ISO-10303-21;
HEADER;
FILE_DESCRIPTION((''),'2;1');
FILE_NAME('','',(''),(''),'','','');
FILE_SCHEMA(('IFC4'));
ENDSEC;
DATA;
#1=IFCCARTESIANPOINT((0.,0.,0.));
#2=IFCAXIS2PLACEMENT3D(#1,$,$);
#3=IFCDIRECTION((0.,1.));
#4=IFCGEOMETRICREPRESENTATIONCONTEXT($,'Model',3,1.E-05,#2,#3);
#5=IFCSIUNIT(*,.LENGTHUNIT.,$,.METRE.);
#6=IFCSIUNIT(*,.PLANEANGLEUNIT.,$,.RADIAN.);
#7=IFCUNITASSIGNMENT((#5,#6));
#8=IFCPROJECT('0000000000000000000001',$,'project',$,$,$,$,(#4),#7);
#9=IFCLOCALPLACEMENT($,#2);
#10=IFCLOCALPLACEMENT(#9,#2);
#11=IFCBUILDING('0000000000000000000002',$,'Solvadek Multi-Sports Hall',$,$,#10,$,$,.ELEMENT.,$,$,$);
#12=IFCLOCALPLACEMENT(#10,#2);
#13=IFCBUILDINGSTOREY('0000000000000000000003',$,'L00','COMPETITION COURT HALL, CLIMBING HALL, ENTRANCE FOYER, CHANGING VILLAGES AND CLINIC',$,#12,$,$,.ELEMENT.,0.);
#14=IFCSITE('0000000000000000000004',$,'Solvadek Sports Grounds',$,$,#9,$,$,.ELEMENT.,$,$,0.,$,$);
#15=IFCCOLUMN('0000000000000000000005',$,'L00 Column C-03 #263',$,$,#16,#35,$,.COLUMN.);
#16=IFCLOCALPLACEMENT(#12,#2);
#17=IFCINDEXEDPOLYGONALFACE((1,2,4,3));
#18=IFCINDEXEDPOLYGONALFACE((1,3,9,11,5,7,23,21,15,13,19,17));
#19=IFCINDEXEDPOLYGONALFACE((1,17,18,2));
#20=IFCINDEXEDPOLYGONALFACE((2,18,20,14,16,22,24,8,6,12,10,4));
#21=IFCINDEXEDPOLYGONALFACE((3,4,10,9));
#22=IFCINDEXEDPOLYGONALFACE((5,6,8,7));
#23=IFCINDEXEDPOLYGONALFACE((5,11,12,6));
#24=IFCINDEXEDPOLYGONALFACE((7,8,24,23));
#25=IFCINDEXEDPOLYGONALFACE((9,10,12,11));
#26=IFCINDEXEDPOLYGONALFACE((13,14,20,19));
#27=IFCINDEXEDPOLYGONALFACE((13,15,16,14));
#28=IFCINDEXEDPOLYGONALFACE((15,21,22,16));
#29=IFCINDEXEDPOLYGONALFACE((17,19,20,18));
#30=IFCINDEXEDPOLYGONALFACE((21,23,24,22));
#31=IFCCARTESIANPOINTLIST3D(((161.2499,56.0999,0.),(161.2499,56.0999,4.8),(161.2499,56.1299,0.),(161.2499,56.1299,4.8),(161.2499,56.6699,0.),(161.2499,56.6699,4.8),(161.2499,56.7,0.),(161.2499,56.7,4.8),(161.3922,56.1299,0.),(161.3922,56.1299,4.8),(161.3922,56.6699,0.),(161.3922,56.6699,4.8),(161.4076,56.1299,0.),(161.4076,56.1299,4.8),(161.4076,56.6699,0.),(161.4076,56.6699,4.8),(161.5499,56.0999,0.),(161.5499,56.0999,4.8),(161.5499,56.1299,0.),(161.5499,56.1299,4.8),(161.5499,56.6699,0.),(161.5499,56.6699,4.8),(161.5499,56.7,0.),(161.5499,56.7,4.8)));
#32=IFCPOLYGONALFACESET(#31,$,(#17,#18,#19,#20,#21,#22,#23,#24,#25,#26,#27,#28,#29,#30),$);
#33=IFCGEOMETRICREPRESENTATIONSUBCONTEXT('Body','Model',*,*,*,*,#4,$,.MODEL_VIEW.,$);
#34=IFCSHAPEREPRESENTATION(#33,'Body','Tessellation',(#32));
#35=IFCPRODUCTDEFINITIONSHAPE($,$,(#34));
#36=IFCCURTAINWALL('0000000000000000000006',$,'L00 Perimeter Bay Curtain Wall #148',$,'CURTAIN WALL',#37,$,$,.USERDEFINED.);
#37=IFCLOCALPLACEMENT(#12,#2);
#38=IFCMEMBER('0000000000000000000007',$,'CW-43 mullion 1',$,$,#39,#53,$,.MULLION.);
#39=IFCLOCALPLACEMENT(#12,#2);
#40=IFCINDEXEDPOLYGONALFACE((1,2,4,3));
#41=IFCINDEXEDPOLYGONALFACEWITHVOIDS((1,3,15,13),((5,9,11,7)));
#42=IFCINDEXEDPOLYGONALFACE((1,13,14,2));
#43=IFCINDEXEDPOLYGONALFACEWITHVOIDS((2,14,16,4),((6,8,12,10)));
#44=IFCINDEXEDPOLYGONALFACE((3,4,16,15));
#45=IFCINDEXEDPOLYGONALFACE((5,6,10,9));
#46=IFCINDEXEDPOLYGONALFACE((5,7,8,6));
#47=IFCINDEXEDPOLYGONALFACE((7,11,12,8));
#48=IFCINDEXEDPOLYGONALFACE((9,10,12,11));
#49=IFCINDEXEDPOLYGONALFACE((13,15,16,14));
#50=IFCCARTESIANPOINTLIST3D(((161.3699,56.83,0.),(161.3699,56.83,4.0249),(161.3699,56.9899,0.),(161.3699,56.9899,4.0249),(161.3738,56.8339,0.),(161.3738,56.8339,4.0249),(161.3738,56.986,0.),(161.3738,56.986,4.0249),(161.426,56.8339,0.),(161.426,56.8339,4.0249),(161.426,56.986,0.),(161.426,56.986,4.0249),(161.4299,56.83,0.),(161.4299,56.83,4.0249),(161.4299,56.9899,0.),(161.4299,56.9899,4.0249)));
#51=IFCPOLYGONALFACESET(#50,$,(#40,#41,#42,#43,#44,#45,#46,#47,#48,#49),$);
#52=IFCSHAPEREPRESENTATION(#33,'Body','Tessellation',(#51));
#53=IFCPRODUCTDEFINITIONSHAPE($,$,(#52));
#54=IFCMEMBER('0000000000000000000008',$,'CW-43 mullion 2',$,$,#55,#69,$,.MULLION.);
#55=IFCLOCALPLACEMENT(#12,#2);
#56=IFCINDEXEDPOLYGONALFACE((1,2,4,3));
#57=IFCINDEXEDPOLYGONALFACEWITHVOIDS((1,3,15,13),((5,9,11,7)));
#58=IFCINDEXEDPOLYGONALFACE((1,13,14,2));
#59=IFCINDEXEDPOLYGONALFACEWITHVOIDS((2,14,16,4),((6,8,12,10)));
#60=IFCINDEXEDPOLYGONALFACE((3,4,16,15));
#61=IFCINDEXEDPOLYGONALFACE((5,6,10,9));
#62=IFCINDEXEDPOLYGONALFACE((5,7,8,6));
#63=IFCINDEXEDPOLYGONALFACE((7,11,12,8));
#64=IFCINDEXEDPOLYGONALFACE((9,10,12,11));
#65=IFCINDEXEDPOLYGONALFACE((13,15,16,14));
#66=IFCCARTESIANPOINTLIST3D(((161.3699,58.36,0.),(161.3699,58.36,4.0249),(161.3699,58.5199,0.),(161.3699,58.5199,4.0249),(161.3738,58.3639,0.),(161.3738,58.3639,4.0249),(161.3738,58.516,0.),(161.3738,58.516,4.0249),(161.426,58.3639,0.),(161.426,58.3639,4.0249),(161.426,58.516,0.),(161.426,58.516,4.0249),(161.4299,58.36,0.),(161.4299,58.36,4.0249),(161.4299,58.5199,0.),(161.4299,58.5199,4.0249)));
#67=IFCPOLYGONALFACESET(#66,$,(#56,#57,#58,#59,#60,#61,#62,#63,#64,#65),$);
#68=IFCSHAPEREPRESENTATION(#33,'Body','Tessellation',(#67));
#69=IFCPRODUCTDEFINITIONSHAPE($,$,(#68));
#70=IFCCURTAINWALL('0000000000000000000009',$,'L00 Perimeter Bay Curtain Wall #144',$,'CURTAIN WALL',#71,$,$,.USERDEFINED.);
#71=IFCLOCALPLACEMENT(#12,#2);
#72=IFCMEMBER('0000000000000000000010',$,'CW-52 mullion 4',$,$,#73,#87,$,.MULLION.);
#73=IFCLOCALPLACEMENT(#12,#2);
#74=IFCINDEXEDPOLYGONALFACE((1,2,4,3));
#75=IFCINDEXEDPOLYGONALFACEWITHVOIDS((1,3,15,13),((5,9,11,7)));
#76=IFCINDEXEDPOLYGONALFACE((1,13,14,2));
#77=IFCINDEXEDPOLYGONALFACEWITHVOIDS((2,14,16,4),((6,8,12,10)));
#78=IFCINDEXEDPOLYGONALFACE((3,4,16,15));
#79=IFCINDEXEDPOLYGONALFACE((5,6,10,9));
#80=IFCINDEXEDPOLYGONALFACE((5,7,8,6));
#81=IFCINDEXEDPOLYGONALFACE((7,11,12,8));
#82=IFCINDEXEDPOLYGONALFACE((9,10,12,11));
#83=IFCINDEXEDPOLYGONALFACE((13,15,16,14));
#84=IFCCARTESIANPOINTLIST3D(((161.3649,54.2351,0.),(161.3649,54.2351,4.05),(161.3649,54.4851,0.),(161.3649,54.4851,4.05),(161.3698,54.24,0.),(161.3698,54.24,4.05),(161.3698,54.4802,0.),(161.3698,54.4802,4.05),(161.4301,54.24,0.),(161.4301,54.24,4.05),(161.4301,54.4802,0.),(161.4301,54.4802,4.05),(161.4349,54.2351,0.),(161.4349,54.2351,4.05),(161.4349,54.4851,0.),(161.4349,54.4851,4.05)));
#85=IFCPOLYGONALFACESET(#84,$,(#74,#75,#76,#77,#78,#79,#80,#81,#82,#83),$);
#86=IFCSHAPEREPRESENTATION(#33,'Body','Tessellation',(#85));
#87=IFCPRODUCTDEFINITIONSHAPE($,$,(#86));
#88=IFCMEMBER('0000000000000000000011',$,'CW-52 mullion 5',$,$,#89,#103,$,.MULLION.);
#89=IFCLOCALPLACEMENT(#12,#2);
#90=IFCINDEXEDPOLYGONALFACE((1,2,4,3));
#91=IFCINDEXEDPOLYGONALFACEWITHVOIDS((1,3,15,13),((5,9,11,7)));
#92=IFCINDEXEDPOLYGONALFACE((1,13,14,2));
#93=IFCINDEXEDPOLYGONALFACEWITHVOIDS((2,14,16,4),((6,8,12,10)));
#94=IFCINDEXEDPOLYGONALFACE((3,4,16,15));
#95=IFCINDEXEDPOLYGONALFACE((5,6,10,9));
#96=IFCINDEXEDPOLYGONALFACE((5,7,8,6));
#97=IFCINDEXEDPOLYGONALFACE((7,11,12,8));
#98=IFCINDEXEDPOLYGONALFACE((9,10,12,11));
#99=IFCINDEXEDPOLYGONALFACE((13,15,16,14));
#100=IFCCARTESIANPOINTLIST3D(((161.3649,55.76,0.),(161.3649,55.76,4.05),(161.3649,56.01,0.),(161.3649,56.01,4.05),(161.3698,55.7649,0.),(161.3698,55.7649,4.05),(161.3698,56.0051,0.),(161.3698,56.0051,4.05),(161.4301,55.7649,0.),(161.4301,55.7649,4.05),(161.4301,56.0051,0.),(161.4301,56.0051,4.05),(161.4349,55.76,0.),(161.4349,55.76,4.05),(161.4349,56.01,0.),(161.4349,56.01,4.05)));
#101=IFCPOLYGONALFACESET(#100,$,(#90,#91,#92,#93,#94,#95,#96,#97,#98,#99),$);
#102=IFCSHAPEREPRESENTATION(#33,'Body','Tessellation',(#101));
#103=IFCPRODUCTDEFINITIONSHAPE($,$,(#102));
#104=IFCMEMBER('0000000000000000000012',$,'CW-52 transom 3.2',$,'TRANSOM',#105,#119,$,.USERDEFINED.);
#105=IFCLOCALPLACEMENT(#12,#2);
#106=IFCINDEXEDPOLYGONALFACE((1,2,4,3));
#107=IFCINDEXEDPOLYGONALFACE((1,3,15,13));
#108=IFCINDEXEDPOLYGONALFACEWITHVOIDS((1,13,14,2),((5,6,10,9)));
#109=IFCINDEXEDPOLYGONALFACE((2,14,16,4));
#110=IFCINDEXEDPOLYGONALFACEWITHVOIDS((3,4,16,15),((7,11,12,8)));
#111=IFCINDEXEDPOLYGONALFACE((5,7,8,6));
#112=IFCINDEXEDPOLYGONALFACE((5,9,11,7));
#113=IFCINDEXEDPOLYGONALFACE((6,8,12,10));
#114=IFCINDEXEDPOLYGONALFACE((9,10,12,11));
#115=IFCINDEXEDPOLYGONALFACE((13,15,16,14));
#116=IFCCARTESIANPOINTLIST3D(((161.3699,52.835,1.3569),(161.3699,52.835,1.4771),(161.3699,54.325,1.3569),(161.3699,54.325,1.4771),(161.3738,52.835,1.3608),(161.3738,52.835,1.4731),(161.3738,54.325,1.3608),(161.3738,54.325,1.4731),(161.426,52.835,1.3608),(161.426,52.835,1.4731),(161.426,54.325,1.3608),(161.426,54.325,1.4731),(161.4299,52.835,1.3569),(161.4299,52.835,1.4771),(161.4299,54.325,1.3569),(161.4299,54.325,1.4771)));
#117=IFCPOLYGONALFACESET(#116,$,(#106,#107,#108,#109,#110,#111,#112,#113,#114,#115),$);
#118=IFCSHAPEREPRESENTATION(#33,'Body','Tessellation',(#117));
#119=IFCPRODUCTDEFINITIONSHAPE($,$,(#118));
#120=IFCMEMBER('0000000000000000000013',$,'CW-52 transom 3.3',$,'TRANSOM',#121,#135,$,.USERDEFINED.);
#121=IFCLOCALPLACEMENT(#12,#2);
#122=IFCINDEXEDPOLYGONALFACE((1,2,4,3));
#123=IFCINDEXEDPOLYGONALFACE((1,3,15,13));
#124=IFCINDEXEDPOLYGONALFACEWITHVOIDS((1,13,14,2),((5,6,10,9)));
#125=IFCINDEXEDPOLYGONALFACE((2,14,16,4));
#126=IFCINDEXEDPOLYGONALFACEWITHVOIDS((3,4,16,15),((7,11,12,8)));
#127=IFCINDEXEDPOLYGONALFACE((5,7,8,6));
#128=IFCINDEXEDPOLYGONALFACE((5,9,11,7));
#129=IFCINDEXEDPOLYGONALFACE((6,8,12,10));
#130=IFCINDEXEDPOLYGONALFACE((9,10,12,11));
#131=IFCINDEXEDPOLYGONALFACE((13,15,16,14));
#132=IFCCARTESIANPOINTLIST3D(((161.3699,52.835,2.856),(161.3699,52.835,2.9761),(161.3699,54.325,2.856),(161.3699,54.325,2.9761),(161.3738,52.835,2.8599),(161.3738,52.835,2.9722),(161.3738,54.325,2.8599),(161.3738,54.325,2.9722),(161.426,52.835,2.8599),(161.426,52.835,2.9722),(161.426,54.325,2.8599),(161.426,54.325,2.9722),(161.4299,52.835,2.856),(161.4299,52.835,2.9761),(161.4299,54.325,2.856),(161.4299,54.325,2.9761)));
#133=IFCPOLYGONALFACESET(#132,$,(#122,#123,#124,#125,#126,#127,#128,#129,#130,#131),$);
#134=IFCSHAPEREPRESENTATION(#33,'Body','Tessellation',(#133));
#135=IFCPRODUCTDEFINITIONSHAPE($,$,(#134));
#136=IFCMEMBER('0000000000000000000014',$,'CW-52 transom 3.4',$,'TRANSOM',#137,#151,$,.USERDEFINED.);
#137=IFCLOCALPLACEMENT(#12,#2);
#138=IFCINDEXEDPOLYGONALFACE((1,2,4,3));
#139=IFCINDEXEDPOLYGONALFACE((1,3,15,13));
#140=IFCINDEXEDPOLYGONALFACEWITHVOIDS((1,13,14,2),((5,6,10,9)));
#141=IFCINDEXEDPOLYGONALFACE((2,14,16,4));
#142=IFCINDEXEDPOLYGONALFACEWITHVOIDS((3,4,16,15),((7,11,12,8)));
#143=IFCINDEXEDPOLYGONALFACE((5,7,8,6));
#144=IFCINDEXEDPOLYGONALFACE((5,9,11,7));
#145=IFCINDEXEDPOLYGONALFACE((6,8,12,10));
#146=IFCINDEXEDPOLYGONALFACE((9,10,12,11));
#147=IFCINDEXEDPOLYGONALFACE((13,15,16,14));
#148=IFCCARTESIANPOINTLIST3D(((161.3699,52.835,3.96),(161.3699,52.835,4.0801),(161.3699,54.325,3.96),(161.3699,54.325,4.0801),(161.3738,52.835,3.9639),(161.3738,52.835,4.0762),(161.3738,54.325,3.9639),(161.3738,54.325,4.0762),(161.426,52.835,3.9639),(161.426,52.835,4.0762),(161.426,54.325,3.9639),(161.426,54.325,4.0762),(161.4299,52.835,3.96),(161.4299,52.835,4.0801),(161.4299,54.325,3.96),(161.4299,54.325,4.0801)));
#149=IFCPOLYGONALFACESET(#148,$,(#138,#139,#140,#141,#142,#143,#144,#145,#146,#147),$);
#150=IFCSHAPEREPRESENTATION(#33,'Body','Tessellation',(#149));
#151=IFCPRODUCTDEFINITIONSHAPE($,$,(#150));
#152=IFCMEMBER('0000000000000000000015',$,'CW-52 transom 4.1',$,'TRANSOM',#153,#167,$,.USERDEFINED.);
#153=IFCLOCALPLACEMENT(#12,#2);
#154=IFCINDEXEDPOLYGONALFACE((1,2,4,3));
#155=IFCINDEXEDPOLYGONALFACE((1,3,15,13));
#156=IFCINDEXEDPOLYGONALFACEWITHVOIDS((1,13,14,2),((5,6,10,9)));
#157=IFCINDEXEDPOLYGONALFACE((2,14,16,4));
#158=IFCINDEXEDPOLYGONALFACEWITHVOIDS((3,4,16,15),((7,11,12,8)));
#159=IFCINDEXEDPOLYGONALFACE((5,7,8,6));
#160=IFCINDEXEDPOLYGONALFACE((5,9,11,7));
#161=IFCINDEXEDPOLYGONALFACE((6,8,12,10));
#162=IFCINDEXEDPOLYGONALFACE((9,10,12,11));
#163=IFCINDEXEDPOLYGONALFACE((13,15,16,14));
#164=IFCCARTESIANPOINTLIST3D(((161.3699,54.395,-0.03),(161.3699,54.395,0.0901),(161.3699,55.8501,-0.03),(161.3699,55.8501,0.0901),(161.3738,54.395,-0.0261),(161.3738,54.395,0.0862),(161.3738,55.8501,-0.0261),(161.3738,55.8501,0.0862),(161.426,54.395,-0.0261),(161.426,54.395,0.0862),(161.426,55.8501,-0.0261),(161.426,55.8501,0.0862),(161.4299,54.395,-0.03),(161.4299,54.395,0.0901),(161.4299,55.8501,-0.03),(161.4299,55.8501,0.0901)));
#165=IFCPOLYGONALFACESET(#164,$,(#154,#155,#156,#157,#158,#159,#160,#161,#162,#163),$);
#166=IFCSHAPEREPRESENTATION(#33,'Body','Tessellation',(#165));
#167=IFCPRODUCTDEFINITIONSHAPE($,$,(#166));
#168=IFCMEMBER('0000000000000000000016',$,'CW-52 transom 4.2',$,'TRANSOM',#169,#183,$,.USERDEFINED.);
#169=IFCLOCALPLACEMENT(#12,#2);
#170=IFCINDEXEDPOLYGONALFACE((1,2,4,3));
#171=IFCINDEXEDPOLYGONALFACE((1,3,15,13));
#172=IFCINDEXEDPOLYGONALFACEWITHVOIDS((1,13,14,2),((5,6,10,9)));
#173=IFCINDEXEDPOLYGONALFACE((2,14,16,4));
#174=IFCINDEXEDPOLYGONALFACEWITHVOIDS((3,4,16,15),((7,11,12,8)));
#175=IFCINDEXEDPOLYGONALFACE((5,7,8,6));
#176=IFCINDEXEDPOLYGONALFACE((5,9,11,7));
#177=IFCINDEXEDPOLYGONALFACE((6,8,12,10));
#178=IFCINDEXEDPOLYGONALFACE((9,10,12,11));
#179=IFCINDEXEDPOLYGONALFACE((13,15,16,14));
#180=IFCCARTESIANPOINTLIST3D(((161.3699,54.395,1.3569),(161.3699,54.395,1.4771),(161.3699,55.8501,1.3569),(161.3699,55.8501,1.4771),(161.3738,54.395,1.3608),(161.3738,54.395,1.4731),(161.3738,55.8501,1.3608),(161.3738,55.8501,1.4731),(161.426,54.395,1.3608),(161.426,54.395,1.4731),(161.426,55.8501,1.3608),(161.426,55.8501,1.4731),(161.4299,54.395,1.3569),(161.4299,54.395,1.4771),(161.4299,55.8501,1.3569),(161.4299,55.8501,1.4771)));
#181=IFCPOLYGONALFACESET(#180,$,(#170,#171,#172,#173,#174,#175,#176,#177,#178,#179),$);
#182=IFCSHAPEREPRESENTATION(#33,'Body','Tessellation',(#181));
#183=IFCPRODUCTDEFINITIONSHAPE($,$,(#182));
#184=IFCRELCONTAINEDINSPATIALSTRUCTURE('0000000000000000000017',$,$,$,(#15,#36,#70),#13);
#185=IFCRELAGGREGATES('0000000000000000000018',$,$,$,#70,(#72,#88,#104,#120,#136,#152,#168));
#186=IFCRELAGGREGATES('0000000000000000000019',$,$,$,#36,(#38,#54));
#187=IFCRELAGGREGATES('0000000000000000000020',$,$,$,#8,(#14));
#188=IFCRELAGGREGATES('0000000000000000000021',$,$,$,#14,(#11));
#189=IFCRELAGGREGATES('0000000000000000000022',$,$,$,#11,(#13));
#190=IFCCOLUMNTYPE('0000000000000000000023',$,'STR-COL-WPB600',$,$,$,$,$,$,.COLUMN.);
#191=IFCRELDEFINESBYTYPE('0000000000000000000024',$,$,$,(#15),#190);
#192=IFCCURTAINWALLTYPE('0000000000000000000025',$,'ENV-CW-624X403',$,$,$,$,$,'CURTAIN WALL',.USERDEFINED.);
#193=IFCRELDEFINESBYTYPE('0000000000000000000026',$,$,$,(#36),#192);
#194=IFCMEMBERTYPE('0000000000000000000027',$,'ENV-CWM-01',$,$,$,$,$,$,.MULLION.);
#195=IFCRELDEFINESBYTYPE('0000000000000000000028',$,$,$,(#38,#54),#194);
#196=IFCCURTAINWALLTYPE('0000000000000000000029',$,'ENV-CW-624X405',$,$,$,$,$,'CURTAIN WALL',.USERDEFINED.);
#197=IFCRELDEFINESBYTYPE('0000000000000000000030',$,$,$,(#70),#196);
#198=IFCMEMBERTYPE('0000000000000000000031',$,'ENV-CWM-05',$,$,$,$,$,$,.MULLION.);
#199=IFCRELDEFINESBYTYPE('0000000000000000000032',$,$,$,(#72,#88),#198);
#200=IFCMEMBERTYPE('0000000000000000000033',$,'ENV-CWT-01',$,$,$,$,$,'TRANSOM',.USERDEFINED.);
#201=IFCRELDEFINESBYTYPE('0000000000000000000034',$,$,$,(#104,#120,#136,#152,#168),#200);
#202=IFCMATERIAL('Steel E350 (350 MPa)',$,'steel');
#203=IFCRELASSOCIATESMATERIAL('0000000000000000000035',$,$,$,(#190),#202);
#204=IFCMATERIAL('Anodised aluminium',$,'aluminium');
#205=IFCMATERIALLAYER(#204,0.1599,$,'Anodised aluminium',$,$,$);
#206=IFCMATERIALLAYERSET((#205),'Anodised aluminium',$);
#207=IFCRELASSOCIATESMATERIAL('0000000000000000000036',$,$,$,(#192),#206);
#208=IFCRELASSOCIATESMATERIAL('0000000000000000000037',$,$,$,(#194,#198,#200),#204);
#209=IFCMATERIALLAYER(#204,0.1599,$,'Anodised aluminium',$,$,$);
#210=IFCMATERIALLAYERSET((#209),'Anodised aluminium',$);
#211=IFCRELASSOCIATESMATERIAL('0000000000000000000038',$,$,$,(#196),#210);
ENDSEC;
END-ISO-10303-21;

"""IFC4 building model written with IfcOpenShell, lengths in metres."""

from ifc_helpers import new_model, si_unit, direction, frame, origin, origin_2d, place, context, subcontext, project, spatial, hollow_rectangle, i_section, extrude, material, layer, layer_set, material_profile, profile_set, type_object, element, aggregate, save


model = new_model("IFC4")

# Units and contexts
model_context = context("Model", 3, precision=1e-05, world=origin(), true_north=direction((0.0, 1.0)))
body_context = subcontext(model_context, "Body", "Model", "MODEL_VIEW")
ifc_project = project(units=[si_unit("LENGTHUNIT", "METRE"), si_unit("PLANEANGLEUNIT", "RADIAN")], contexts=[model_context])

# Site, building, storey
site_placement = place(None, origin())
site = spatial("IfcSite", under=ifc_project, at=site_placement, Name="Solvadek Sports Grounds", CompositionType="ELEMENT", RefElevation=0.0)
building_placement = place(site_placement, origin())
building = spatial("IfcBuilding", under=site, at=building_placement, Name="Solvadek Multi-Sports Hall", CompositionType="ELEMENT")
storey_placement = place(building_placement, origin())
storey = spatial("IfcBuildingStorey", under=building, at=storey_placement, Name="L00", Description="COMPETITION COURT HALL, CLIMBING HALL, ENTRANCE FOYER, CHANGING VILLAGES AND CLINIC", CompositionType="ELEMENT", Elevation=0.0)

# Column
ifc_material_1 = material(Name="Steel E350 (350 MPa)", Category="steel")
ifc_material_profile_1 = material_profile(ifc_material_1, i_section(OverallWidth=0.3, OverallDepth=0.6001, WebThickness=0.0154, FlangeThickness=0.03, at=origin_2d()), Name="WPB 600")
ifc_profile_set_1 = profile_set([ifc_material_profile_1], Name="Steel E350 (350 MPa)")
column_type = type_object("IfcColumnType", Name="STR-COL-WPB600", PredefinedType="COLUMN", material=ifc_profile_set_1)
column_placement = place(storey_placement, frame((161.3999, 56.3999, 0.0), z_axis=(0.0, 0.0, 1.0), x_axis=(1.0, 0.0, 0.0)))
element("IfcColumn", 1, at=column_placement, inside=storey, type_object=column_type, Name="L00 Column C-03 #263", PredefinedType="COLUMN", context=body_context, shape_type="SweptSolid", body=[
    extrude(i_section(OverallWidth=0.3, OverallDepth=0.6001, WebThickness=0.0154, FlangeThickness=0.03, at=origin_2d()), origin(), (0.0, 0.0, 1.0), 4.8),
])

# Curtain walls, members
ifc_material_2 = material(Name="Anodised aluminium", Category="aluminium")
ifc_layer_1 = layer(ifc_material_2, 0.1599, Name="Anodised aluminium")
ifc_layer_set_1 = layer_set([ifc_layer_1], Name="Anodised aluminium")
curtain_wall_type_1 = type_object("IfcCurtainWallType", Name="ENV-CW-624X403", ElementType="CURTAIN WALL", PredefinedType="USERDEFINED", material=ifc_layer_set_1)
curtain_wall_1_placement = place(storey_placement, origin())
curtain_wall_1 = element("IfcCurtainWall", 2, at=curtain_wall_1_placement, inside=storey, type_object=curtain_wall_type_1, Name="L00 Perimeter Bay Curtain Wall #148", ObjectType="CURTAIN WALL", PredefinedType="USERDEFINED")
ifc_material_profile_2 = material_profile(ifc_material_2, hollow_rectangle(XDim=0.0601, YDim=0.1599, WallThickness=0.0039, at=origin_2d()), Name="ALU-M 160x60x4")
ifc_profile_set_2 = profile_set([ifc_material_profile_2], Name="Anodised aluminium")
member_type_1 = type_object("IfcMemberType", Name="ENV-CWM-01", PredefinedType="MULLION", material=ifc_profile_set_2)
member_1_placement = place(storey_placement, frame((161.3999, 56.9099, 0.0), z_axis=(0.0, 0.0, 1.0), x_axis=(-1.0, 0.0, 0.0)))
member_1 = element("IfcMember", 3, at=member_1_placement, type_object=member_type_1, Name="CW-43 mullion 1", PredefinedType="MULLION", context=body_context, shape_type="SweptSolid", body=[
    extrude(hollow_rectangle(XDim=0.0601, YDim=0.1599, WallThickness=0.0039, at=origin_2d()), origin(), (0.0, 0.0, 1.0), 4.0249),
])
member_2_placement = place(storey_placement, frame((161.3999, 58.4399, 0.0), z_axis=(0.0, 0.0, 1.0), x_axis=(-1.0, 0.0, 0.0)))
member_2 = element("IfcMember", 4, at=member_2_placement, type_object=member_type_1, Name="CW-43 mullion 2", PredefinedType="MULLION", context=body_context, shape_type="SweptSolid", body=[
    extrude(hollow_rectangle(XDim=0.0601, YDim=0.1599, WallThickness=0.0039, at=origin_2d()), origin(), (0.0, 0.0, 1.0), 4.0249),
])
ifc_layer_2 = layer(ifc_material_2, 0.1599, Name="Anodised aluminium")
ifc_layer_set_2 = layer_set([ifc_layer_2], Name="Anodised aluminium")
curtain_wall_type_2 = type_object("IfcCurtainWallType", Name="ENV-CW-624X405", ElementType="CURTAIN WALL", PredefinedType="USERDEFINED", material=ifc_layer_set_2)
curtain_wall_2_placement = place(storey_placement, origin())
curtain_wall_2 = element("IfcCurtainWall", 5, at=curtain_wall_2_placement, inside=storey, type_object=curtain_wall_type_2, Name="L00 Perimeter Bay Curtain Wall #144", ObjectType="CURTAIN WALL", PredefinedType="USERDEFINED")
ifc_material_profile_3 = material_profile(ifc_material_2, hollow_rectangle(XDim=0.0701, YDim=0.25, WallThickness=0.0049, at=origin_2d()), Name="ALU-M 250x70x5")
ifc_profile_set_3 = profile_set([ifc_material_profile_3], Name="Anodised aluminium")
member_type_2 = type_object("IfcMemberType", Name="ENV-CWM-05", PredefinedType="MULLION", material=ifc_profile_set_3)
member_3_placement = place(storey_placement, frame((161.3999, 54.3601, 0.0), z_axis=(0.0, 0.0, 1.0), x_axis=(-1.0, 0.0, 0.0)))
member_3 = element("IfcMember", 6, at=member_3_placement, type_object=member_type_2, Name="CW-52 mullion 4", PredefinedType="MULLION", context=body_context, shape_type="SweptSolid", body=[
    extrude(hollow_rectangle(XDim=0.0701, YDim=0.25, WallThickness=0.0049, at=origin_2d()), origin(), (0.0, 0.0, 1.0), 4.05),
])
member_4_placement = place(storey_placement, frame((161.3999, 55.885, 0.0), z_axis=(0.0, 0.0, 1.0), x_axis=(-1.0, 0.0, 0.0)))
member_4 = element("IfcMember", 7, at=member_4_placement, type_object=member_type_2, Name="CW-52 mullion 5", PredefinedType="MULLION", context=body_context, shape_type="SweptSolid", body=[
    extrude(hollow_rectangle(XDim=0.0701, YDim=0.25, WallThickness=0.0049, at=origin_2d()), origin(), (0.0, 0.0, 1.0), 4.05),
])
ifc_material_profile_4 = material_profile(ifc_material_2, hollow_rectangle(XDim=0.0601, YDim=0.1201, WallThickness=0.0039, at=origin_2d()), Name="ALU-T 120x60x4")
ifc_profile_set_4 = profile_set([ifc_material_profile_4], Name="Anodised aluminium")
member_type_3 = type_object("IfcMemberType", Name="ENV-CWT-01", ElementType="TRANSOM", PredefinedType="USERDEFINED", material=ifc_profile_set_4)
member_5_placement = place(storey_placement, frame((161.3999, 52.835, 1.417), z_axis=(0.0, 1.0, 0.0), x_axis=(-1.0, 0.0, 0.0)))
member_5 = element("IfcMember", 8, at=member_5_placement, type_object=member_type_3, Name="CW-52 transom 3.2", ObjectType="TRANSOM", PredefinedType="USERDEFINED", context=body_context, shape_type="SweptSolid", body=[
    extrude(hollow_rectangle(XDim=0.0601, YDim=0.1201, WallThickness=0.0039, at=origin_2d()), origin(), (0.0, 0.0, 1.0), 1.49),
])
member_6_placement = place(storey_placement, frame((161.3999, 52.835, 2.916), z_axis=(0.0, 1.0, 0.0), x_axis=(-1.0, 0.0, 0.0)))
member_6 = element("IfcMember", 9, at=member_6_placement, type_object=member_type_3, Name="CW-52 transom 3.3", ObjectType="TRANSOM", PredefinedType="USERDEFINED", context=body_context, shape_type="SweptSolid", body=[
    extrude(hollow_rectangle(XDim=0.0601, YDim=0.1201, WallThickness=0.0039, at=origin_2d()), origin(), (0.0, 0.0, 1.0), 1.49),
])
member_7_placement = place(storey_placement, frame((161.3999, 52.835, 4.02), z_axis=(0.0, 1.0, 0.0), x_axis=(-1.0, 0.0, 0.0)))
member_7 = element("IfcMember", 10, at=member_7_placement, type_object=member_type_3, Name="CW-52 transom 3.4", ObjectType="TRANSOM", PredefinedType="USERDEFINED", context=body_context, shape_type="SweptSolid", body=[
    extrude(hollow_rectangle(XDim=0.0601, YDim=0.1201, WallThickness=0.0039, at=origin_2d()), origin(), (0.0, 0.0, 1.0), 1.49),
])
member_8_placement = place(storey_placement, frame((161.3999, 54.395, 0.03), z_axis=(0.0, 1.0, 0.0), x_axis=(-1.0, 0.0, 0.0)))
member_8 = element("IfcMember", 11, at=member_8_placement, type_object=member_type_3, Name="CW-52 transom 4.1", ObjectType="TRANSOM", PredefinedType="USERDEFINED", context=body_context, shape_type="SweptSolid", body=[
    extrude(hollow_rectangle(XDim=0.0601, YDim=0.1201, WallThickness=0.0039, at=origin_2d()), origin(), (0.0, 0.0, 1.0), 1.4551),
])
member_9_placement = place(storey_placement, frame((161.3999, 54.395, 1.417), z_axis=(0.0, 1.0, 0.0), x_axis=(-1.0, 0.0, 0.0)))
member_9 = element("IfcMember", 12, at=member_9_placement, type_object=member_type_3, Name="CW-52 transom 4.2", ObjectType="TRANSOM", PredefinedType="USERDEFINED", context=body_context, shape_type="SweptSolid", body=[
    extrude(hollow_rectangle(XDim=0.0601, YDim=0.1201, WallThickness=0.0039, at=origin_2d()), origin(), (0.0, 0.0, 1.0), 1.4551),
])

aggregate(curtain_wall_2, [member_3, member_4, member_5, member_6, member_7, member_8, member_9])
aggregate(curtain_wall_1, [member_1, member_2])

save(model, "model.ifc")
